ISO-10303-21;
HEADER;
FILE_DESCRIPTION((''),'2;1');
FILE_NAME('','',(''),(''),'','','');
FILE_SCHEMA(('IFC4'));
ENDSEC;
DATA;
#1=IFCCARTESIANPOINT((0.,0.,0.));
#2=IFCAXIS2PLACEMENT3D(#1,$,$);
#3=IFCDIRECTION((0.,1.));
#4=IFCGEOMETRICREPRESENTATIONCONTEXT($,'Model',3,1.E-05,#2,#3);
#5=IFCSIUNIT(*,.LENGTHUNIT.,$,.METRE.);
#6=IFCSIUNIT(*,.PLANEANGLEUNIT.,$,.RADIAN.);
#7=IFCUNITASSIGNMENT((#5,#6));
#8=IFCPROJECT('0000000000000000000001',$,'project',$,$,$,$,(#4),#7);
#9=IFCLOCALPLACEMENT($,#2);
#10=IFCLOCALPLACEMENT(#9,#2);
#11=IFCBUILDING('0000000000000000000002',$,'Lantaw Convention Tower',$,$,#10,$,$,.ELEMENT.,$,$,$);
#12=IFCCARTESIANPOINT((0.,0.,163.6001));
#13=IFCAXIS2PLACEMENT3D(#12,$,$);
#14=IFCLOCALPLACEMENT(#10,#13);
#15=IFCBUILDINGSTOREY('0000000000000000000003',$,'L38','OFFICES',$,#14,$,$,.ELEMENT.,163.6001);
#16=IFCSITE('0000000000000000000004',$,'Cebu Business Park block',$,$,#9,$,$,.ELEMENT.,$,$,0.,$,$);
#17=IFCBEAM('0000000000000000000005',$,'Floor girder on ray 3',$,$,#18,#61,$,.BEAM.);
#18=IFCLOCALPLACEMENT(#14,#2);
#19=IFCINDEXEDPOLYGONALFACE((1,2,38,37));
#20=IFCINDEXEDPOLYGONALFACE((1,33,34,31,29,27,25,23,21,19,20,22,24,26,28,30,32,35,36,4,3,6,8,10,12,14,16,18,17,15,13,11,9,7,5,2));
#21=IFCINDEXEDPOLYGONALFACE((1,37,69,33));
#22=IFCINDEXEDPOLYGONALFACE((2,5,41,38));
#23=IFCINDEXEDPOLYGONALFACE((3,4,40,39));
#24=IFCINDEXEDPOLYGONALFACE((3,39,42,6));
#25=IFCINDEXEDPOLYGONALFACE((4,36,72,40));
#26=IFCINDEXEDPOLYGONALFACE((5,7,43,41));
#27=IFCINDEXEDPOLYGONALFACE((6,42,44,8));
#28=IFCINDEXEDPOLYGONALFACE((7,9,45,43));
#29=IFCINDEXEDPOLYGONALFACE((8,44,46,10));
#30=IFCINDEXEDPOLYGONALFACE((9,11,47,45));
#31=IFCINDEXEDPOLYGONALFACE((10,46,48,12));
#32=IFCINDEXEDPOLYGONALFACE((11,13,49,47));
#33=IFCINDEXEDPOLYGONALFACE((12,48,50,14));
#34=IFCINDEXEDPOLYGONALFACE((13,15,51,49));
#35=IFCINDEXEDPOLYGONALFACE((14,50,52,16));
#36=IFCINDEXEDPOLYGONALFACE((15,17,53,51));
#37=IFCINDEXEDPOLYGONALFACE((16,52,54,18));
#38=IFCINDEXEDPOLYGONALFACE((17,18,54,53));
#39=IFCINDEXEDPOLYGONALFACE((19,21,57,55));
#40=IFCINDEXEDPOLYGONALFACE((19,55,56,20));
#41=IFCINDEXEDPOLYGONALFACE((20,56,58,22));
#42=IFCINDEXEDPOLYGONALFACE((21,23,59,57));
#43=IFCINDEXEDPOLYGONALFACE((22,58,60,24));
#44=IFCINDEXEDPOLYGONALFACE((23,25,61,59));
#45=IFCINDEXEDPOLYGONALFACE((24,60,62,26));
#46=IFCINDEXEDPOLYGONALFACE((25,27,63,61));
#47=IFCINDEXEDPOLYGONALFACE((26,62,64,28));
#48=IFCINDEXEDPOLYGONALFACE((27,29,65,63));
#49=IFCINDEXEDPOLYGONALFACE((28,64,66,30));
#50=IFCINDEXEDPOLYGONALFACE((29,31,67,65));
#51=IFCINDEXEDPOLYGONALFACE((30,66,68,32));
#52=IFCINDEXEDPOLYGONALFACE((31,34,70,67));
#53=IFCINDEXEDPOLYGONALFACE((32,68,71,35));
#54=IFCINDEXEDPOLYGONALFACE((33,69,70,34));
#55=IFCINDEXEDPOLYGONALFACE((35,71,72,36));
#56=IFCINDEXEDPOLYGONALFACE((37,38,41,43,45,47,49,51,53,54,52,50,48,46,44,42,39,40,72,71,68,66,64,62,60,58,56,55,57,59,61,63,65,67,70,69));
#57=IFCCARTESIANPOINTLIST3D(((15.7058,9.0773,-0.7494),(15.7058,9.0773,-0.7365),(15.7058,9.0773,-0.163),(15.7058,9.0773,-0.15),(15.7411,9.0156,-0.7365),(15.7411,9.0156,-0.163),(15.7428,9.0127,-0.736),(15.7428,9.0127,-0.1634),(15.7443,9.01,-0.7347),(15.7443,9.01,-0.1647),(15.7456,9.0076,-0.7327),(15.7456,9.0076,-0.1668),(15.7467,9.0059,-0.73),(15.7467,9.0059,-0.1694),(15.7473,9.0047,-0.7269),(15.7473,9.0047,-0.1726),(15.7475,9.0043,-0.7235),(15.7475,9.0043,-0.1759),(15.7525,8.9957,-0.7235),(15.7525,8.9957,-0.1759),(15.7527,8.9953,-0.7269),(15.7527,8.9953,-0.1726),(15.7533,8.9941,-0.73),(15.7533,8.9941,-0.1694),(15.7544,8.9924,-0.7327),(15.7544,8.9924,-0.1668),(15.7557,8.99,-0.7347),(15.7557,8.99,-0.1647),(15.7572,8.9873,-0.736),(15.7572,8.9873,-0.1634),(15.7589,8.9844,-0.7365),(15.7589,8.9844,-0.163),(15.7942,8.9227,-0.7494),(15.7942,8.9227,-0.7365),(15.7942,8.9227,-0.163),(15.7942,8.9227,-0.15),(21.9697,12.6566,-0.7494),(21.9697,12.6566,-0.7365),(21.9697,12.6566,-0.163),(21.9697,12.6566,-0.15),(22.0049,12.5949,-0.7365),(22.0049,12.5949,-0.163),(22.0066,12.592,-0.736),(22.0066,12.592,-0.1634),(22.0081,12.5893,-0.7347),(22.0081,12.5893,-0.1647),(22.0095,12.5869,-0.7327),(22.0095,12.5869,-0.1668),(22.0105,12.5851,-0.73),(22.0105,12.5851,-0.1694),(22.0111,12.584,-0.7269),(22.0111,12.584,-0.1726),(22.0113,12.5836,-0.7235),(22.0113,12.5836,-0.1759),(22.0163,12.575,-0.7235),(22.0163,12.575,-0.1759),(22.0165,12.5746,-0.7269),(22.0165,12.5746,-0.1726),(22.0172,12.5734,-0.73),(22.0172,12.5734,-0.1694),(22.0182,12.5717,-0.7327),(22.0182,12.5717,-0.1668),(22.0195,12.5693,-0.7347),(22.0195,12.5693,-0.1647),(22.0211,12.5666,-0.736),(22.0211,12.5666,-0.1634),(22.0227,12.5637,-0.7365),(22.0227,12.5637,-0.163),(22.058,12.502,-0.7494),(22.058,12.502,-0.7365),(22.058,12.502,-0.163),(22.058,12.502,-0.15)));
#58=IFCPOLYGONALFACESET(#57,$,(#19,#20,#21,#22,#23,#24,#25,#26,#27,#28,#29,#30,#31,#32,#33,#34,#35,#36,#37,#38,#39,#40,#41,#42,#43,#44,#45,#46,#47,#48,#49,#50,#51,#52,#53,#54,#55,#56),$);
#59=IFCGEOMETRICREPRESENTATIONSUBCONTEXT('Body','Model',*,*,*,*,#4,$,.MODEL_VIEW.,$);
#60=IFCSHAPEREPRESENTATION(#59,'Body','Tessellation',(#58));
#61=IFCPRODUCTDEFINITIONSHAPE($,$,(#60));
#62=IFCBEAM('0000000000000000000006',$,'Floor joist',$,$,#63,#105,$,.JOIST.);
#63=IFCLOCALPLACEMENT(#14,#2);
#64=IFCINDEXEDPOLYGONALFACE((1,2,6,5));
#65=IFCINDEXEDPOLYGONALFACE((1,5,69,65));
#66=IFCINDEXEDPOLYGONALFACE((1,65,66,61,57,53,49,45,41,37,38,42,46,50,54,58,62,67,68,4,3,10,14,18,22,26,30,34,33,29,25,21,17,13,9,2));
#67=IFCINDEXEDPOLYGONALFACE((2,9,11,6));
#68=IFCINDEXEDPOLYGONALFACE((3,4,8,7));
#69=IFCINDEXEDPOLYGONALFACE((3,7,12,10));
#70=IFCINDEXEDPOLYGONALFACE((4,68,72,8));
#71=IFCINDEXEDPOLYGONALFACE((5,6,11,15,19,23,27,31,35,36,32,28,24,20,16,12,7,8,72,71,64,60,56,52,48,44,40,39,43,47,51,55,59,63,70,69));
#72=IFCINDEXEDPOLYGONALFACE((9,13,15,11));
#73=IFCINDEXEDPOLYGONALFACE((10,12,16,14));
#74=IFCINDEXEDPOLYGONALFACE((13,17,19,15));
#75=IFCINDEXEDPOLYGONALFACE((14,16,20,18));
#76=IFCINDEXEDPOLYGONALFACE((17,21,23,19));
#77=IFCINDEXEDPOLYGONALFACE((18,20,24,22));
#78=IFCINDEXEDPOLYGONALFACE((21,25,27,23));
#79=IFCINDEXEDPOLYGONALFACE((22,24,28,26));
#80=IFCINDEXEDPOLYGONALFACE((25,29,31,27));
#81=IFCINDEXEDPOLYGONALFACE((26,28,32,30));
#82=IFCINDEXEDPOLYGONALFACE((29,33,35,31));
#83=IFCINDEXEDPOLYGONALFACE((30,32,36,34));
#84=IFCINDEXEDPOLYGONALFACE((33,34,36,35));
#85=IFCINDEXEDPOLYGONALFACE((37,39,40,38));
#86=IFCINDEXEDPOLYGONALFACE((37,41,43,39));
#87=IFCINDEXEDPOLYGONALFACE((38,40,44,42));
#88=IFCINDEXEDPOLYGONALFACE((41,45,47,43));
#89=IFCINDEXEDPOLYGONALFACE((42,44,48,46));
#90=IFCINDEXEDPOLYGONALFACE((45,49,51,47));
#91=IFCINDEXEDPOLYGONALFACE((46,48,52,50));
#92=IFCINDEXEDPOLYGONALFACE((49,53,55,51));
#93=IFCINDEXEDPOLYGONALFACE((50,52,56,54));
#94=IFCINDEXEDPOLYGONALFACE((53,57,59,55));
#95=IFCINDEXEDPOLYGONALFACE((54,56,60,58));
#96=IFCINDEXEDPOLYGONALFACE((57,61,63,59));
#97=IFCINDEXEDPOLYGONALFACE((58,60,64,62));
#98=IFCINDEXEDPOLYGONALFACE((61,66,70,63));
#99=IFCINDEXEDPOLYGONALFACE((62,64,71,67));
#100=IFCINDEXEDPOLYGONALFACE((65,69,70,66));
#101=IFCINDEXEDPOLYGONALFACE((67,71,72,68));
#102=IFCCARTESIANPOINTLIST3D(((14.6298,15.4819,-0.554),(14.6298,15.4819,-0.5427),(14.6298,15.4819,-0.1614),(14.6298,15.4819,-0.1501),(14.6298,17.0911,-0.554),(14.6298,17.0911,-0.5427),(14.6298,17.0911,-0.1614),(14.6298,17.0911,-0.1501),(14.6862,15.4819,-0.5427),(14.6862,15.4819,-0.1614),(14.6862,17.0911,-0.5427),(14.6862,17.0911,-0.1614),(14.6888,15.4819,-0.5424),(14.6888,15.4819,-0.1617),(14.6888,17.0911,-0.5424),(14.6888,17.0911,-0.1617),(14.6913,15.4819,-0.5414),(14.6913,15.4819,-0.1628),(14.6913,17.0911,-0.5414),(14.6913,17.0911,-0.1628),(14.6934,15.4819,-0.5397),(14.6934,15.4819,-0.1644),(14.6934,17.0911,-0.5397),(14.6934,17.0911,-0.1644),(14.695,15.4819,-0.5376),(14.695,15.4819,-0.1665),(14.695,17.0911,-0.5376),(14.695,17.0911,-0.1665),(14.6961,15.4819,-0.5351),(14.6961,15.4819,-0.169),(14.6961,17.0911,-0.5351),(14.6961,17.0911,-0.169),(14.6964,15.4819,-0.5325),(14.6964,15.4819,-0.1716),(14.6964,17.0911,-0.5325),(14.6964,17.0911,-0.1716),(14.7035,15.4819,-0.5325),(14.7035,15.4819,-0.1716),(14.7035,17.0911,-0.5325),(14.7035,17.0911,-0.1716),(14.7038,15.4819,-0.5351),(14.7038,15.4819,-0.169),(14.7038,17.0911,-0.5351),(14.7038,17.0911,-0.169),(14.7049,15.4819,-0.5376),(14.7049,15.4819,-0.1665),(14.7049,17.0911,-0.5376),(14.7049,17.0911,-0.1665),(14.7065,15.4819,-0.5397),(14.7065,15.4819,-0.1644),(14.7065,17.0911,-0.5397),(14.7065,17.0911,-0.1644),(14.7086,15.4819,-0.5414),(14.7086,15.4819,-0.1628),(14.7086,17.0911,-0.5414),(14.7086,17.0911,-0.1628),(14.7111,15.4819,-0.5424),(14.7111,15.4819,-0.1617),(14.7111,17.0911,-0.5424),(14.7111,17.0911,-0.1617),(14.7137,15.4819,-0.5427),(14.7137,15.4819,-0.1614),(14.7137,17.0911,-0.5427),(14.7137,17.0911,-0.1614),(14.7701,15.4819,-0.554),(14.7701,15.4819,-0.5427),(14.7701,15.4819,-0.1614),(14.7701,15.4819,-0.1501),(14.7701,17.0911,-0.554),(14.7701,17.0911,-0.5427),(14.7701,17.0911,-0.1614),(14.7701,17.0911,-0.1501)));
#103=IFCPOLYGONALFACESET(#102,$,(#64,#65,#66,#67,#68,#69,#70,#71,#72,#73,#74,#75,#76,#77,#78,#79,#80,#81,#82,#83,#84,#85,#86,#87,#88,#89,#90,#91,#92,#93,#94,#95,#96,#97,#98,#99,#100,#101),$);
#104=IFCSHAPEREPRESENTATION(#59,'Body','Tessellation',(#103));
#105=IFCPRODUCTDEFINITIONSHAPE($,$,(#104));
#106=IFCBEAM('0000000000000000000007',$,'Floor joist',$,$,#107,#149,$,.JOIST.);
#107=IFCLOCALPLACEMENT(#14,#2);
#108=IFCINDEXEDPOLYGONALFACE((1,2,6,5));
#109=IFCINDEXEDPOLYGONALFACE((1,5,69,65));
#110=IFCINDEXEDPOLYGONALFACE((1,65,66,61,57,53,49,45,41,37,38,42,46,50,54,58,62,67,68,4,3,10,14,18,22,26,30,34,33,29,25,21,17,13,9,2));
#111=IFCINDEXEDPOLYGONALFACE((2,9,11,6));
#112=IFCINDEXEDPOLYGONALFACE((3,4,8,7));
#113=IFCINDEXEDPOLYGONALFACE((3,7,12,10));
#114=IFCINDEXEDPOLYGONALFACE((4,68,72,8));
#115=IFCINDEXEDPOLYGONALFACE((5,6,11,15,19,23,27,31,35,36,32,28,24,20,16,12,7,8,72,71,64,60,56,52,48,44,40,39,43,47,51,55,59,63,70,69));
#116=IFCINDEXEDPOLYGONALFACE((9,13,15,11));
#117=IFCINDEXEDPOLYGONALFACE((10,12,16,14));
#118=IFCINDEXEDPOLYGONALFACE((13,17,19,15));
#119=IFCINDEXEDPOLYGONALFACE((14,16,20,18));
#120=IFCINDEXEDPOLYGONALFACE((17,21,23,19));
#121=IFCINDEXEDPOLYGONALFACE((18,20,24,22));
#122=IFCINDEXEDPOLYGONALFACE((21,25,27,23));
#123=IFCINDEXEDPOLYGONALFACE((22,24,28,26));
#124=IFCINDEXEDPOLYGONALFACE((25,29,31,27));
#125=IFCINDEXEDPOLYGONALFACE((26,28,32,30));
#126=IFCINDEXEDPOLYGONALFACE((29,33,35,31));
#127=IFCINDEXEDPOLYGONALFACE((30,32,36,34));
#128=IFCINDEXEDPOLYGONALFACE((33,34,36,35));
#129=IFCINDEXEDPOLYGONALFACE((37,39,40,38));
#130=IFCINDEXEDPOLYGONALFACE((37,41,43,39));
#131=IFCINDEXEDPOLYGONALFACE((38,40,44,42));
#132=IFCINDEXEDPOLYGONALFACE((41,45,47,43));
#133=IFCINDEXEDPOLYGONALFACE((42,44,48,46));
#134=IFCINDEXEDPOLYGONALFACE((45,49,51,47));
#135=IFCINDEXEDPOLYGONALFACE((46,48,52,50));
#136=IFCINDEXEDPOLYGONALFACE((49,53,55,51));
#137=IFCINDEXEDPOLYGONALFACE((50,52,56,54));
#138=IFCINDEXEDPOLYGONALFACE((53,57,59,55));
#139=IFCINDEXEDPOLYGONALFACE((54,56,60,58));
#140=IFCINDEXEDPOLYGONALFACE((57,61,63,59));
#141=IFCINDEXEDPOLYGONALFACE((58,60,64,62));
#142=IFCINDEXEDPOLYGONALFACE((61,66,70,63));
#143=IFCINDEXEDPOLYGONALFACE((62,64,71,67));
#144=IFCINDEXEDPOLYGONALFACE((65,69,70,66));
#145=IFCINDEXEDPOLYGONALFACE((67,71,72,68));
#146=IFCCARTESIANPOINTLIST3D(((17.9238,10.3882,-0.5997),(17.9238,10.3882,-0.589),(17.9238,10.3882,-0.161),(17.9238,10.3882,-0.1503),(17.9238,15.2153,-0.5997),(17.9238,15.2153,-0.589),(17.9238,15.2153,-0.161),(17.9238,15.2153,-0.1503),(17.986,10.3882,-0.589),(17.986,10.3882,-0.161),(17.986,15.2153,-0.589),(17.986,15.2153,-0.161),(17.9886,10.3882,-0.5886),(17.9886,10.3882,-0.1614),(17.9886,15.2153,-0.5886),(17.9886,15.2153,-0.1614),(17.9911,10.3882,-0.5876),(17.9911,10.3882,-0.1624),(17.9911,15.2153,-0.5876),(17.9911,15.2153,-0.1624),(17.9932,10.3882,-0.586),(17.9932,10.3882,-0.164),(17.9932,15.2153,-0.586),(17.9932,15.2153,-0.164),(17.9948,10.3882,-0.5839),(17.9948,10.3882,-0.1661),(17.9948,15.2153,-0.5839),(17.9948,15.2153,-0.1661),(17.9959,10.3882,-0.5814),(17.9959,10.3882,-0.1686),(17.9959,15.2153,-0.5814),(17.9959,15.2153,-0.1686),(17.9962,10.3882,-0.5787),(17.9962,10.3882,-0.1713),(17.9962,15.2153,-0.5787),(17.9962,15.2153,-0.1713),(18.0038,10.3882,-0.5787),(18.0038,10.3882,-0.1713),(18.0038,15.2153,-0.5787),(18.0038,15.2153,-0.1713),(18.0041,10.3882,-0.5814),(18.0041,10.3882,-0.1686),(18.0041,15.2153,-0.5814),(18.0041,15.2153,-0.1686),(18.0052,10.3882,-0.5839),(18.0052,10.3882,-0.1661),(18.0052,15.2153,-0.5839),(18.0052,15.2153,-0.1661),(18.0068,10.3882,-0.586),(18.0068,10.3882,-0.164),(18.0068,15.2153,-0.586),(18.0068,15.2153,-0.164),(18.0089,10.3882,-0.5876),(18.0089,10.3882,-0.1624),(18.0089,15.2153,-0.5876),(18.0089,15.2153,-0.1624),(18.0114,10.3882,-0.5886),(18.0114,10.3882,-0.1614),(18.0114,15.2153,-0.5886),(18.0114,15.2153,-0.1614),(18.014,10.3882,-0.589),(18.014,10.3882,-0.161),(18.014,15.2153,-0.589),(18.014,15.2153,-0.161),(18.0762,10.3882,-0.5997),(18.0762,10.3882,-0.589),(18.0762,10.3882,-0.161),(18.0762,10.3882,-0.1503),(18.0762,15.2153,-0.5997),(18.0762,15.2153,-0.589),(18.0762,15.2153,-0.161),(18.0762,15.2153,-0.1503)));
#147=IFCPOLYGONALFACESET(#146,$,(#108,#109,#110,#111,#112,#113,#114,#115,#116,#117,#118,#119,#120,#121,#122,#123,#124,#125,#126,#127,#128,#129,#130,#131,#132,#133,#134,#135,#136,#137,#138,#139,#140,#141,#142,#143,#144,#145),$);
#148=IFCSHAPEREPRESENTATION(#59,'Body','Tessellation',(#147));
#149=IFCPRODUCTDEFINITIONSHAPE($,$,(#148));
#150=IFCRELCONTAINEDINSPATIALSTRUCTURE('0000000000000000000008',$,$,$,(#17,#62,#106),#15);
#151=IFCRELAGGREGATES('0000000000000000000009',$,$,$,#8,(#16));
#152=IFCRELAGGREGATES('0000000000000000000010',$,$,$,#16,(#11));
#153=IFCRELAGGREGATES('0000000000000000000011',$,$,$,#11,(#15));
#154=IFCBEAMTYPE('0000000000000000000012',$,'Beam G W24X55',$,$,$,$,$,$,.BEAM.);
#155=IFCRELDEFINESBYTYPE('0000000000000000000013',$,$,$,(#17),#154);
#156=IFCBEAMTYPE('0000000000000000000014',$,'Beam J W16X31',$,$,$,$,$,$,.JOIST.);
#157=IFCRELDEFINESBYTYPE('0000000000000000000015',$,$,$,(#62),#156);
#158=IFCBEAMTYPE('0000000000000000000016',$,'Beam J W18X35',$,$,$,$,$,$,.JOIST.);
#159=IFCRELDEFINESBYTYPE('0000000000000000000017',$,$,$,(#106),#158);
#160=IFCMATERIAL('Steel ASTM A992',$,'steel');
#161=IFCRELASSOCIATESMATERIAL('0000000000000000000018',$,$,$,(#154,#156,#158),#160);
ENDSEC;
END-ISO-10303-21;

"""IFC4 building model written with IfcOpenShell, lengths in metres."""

from ifc_helpers import new_model, si_unit, direction, frame, origin, origin_2d, place, context, subcontext, project, spatial, i_section, extrude, material, material_profile, profile_set, type_object, element, save


model = new_model("IFC4")

# Units and contexts
model_context = context("Model", 3, precision=1e-05, world=origin(), true_north=direction((0.0, 1.0)))
body_context = subcontext(model_context, "Body", "Model", "MODEL_VIEW")
ifc_project = project(units=[si_unit("LENGTHUNIT", "METRE"), si_unit("PLANEANGLEUNIT", "RADIAN")], contexts=[model_context])

# Site, building, storey
site_placement = place(None, origin())
site = spatial("IfcSite", under=ifc_project, at=site_placement, Name="Cebu Business Park block", CompositionType="ELEMENT", RefElevation=0.0)
building_placement = place(site_placement, origin())
building = spatial("IfcBuilding", under=site, at=building_placement, Name="Lantaw Convention Tower", CompositionType="ELEMENT")
storey_placement = place(building_placement, frame((0.0, 0.0, 163.6001)))
storey = spatial("IfcBuildingStorey", under=building, at=storey_placement, Name="L38", Description="OFFICES", CompositionType="ELEMENT", Elevation=163.6001)

# Beams
ifc_material_1 = material(Name="Steel ASTM A992", Category="steel")
ifc_material_profile_1 = material_profile(ifc_material_1, i_section(OverallWidth=0.178, OverallDepth=0.5994, WebThickness=0.01, FlangeThickness=0.0129, FilletRadius=0.0129, at=origin_2d()), Name="W24X55")
ifc_profile_set_1 = profile_set([ifc_material_profile_1], Name="Steel ASTM A992")
beam_type_1 = type_object("IfcBeamType", Name="Beam G W24X55", PredefinedType="BEAM", material=ifc_profile_set_1)
beam_1_placement = place(storey_placement, frame((15.75, 9.0, -0.4497), z_axis=(0.868245, 0.496135, 0.0), x_axis=(-0.496135, 0.868245, 0.0)))
element("IfcBeam", 1, at=beam_1_placement, inside=storey, type_object=beam_type_1, Name="Floor girder on ray 3", PredefinedType="BEAM", context=body_context, shape_type="SweptSolid", body=[
    extrude(i_section(OverallWidth=0.178, OverallDepth=0.5994, WebThickness=0.01, FlangeThickness=0.0129, FilletRadius=0.0129, at=origin_2d()), origin(), (0.0, 0.0, 1.0), 7.2144),
])
ifc_material_profile_2 = material_profile(ifc_material_1, i_section(OverallWidth=0.1404, OverallDepth=0.4038, WebThickness=0.0071, FlangeThickness=0.0112, FilletRadius=0.0103, at=origin_2d()), Name="W16X31")
ifc_profile_set_2 = profile_set([ifc_material_profile_2], Name="Steel ASTM A992")
beam_type_2 = type_object("IfcBeamType", Name="Beam J W16X31", PredefinedType="JOIST", material=ifc_profile_set_2)
beam_2_placement = place(storey_placement, frame((14.7, 15.4819, -0.3521), z_axis=(0.0, 1.0, 0.0), x_axis=(-1.0, 0.0, 0.0)))
element("IfcBeam", 2, at=beam_2_placement, inside=storey, type_object=beam_type_2, Name="Floor joist", PredefinedType="JOIST", context=body_context, shape_type="SweptSolid", body=[
    extrude(i_section(OverallWidth=0.1404, OverallDepth=0.4038, WebThickness=0.0071, FlangeThickness=0.0112, FilletRadius=0.0103, at=origin_2d()), origin(), (0.0, 0.0, 1.0), 1.6091),
])
ifc_material_profile_3 = material_profile(ifc_material_1, i_section(OverallWidth=0.1523, OverallDepth=0.4495, WebThickness=0.0076, FlangeThickness=0.0107, FilletRadius=0.0103, at=origin_2d()), Name="W18X35")
ifc_profile_set_3 = profile_set([ifc_material_profile_3], Name="Steel ASTM A992")
beam_type_3 = type_object("IfcBeamType", Name="Beam J W18X35", PredefinedType="JOIST", material=ifc_profile_set_3)
beam_3_placement = place(storey_placement, frame((18.0, 10.3882, -0.375), z_axis=(0.0, 1.0, 0.0), x_axis=(-1.0, 0.0, 0.0)))
element("IfcBeam", 3, at=beam_3_placement, inside=storey, type_object=beam_type_3, Name="Floor joist", PredefinedType="JOIST", context=body_context, shape_type="SweptSolid", body=[
    extrude(i_section(OverallWidth=0.1523, OverallDepth=0.4495, WebThickness=0.0076, FlangeThickness=0.0107, FilletRadius=0.0103, at=origin_2d()), origin(), (0.0, 0.0, 1.0), 4.8271),
])

save(model, "model.ifc")
